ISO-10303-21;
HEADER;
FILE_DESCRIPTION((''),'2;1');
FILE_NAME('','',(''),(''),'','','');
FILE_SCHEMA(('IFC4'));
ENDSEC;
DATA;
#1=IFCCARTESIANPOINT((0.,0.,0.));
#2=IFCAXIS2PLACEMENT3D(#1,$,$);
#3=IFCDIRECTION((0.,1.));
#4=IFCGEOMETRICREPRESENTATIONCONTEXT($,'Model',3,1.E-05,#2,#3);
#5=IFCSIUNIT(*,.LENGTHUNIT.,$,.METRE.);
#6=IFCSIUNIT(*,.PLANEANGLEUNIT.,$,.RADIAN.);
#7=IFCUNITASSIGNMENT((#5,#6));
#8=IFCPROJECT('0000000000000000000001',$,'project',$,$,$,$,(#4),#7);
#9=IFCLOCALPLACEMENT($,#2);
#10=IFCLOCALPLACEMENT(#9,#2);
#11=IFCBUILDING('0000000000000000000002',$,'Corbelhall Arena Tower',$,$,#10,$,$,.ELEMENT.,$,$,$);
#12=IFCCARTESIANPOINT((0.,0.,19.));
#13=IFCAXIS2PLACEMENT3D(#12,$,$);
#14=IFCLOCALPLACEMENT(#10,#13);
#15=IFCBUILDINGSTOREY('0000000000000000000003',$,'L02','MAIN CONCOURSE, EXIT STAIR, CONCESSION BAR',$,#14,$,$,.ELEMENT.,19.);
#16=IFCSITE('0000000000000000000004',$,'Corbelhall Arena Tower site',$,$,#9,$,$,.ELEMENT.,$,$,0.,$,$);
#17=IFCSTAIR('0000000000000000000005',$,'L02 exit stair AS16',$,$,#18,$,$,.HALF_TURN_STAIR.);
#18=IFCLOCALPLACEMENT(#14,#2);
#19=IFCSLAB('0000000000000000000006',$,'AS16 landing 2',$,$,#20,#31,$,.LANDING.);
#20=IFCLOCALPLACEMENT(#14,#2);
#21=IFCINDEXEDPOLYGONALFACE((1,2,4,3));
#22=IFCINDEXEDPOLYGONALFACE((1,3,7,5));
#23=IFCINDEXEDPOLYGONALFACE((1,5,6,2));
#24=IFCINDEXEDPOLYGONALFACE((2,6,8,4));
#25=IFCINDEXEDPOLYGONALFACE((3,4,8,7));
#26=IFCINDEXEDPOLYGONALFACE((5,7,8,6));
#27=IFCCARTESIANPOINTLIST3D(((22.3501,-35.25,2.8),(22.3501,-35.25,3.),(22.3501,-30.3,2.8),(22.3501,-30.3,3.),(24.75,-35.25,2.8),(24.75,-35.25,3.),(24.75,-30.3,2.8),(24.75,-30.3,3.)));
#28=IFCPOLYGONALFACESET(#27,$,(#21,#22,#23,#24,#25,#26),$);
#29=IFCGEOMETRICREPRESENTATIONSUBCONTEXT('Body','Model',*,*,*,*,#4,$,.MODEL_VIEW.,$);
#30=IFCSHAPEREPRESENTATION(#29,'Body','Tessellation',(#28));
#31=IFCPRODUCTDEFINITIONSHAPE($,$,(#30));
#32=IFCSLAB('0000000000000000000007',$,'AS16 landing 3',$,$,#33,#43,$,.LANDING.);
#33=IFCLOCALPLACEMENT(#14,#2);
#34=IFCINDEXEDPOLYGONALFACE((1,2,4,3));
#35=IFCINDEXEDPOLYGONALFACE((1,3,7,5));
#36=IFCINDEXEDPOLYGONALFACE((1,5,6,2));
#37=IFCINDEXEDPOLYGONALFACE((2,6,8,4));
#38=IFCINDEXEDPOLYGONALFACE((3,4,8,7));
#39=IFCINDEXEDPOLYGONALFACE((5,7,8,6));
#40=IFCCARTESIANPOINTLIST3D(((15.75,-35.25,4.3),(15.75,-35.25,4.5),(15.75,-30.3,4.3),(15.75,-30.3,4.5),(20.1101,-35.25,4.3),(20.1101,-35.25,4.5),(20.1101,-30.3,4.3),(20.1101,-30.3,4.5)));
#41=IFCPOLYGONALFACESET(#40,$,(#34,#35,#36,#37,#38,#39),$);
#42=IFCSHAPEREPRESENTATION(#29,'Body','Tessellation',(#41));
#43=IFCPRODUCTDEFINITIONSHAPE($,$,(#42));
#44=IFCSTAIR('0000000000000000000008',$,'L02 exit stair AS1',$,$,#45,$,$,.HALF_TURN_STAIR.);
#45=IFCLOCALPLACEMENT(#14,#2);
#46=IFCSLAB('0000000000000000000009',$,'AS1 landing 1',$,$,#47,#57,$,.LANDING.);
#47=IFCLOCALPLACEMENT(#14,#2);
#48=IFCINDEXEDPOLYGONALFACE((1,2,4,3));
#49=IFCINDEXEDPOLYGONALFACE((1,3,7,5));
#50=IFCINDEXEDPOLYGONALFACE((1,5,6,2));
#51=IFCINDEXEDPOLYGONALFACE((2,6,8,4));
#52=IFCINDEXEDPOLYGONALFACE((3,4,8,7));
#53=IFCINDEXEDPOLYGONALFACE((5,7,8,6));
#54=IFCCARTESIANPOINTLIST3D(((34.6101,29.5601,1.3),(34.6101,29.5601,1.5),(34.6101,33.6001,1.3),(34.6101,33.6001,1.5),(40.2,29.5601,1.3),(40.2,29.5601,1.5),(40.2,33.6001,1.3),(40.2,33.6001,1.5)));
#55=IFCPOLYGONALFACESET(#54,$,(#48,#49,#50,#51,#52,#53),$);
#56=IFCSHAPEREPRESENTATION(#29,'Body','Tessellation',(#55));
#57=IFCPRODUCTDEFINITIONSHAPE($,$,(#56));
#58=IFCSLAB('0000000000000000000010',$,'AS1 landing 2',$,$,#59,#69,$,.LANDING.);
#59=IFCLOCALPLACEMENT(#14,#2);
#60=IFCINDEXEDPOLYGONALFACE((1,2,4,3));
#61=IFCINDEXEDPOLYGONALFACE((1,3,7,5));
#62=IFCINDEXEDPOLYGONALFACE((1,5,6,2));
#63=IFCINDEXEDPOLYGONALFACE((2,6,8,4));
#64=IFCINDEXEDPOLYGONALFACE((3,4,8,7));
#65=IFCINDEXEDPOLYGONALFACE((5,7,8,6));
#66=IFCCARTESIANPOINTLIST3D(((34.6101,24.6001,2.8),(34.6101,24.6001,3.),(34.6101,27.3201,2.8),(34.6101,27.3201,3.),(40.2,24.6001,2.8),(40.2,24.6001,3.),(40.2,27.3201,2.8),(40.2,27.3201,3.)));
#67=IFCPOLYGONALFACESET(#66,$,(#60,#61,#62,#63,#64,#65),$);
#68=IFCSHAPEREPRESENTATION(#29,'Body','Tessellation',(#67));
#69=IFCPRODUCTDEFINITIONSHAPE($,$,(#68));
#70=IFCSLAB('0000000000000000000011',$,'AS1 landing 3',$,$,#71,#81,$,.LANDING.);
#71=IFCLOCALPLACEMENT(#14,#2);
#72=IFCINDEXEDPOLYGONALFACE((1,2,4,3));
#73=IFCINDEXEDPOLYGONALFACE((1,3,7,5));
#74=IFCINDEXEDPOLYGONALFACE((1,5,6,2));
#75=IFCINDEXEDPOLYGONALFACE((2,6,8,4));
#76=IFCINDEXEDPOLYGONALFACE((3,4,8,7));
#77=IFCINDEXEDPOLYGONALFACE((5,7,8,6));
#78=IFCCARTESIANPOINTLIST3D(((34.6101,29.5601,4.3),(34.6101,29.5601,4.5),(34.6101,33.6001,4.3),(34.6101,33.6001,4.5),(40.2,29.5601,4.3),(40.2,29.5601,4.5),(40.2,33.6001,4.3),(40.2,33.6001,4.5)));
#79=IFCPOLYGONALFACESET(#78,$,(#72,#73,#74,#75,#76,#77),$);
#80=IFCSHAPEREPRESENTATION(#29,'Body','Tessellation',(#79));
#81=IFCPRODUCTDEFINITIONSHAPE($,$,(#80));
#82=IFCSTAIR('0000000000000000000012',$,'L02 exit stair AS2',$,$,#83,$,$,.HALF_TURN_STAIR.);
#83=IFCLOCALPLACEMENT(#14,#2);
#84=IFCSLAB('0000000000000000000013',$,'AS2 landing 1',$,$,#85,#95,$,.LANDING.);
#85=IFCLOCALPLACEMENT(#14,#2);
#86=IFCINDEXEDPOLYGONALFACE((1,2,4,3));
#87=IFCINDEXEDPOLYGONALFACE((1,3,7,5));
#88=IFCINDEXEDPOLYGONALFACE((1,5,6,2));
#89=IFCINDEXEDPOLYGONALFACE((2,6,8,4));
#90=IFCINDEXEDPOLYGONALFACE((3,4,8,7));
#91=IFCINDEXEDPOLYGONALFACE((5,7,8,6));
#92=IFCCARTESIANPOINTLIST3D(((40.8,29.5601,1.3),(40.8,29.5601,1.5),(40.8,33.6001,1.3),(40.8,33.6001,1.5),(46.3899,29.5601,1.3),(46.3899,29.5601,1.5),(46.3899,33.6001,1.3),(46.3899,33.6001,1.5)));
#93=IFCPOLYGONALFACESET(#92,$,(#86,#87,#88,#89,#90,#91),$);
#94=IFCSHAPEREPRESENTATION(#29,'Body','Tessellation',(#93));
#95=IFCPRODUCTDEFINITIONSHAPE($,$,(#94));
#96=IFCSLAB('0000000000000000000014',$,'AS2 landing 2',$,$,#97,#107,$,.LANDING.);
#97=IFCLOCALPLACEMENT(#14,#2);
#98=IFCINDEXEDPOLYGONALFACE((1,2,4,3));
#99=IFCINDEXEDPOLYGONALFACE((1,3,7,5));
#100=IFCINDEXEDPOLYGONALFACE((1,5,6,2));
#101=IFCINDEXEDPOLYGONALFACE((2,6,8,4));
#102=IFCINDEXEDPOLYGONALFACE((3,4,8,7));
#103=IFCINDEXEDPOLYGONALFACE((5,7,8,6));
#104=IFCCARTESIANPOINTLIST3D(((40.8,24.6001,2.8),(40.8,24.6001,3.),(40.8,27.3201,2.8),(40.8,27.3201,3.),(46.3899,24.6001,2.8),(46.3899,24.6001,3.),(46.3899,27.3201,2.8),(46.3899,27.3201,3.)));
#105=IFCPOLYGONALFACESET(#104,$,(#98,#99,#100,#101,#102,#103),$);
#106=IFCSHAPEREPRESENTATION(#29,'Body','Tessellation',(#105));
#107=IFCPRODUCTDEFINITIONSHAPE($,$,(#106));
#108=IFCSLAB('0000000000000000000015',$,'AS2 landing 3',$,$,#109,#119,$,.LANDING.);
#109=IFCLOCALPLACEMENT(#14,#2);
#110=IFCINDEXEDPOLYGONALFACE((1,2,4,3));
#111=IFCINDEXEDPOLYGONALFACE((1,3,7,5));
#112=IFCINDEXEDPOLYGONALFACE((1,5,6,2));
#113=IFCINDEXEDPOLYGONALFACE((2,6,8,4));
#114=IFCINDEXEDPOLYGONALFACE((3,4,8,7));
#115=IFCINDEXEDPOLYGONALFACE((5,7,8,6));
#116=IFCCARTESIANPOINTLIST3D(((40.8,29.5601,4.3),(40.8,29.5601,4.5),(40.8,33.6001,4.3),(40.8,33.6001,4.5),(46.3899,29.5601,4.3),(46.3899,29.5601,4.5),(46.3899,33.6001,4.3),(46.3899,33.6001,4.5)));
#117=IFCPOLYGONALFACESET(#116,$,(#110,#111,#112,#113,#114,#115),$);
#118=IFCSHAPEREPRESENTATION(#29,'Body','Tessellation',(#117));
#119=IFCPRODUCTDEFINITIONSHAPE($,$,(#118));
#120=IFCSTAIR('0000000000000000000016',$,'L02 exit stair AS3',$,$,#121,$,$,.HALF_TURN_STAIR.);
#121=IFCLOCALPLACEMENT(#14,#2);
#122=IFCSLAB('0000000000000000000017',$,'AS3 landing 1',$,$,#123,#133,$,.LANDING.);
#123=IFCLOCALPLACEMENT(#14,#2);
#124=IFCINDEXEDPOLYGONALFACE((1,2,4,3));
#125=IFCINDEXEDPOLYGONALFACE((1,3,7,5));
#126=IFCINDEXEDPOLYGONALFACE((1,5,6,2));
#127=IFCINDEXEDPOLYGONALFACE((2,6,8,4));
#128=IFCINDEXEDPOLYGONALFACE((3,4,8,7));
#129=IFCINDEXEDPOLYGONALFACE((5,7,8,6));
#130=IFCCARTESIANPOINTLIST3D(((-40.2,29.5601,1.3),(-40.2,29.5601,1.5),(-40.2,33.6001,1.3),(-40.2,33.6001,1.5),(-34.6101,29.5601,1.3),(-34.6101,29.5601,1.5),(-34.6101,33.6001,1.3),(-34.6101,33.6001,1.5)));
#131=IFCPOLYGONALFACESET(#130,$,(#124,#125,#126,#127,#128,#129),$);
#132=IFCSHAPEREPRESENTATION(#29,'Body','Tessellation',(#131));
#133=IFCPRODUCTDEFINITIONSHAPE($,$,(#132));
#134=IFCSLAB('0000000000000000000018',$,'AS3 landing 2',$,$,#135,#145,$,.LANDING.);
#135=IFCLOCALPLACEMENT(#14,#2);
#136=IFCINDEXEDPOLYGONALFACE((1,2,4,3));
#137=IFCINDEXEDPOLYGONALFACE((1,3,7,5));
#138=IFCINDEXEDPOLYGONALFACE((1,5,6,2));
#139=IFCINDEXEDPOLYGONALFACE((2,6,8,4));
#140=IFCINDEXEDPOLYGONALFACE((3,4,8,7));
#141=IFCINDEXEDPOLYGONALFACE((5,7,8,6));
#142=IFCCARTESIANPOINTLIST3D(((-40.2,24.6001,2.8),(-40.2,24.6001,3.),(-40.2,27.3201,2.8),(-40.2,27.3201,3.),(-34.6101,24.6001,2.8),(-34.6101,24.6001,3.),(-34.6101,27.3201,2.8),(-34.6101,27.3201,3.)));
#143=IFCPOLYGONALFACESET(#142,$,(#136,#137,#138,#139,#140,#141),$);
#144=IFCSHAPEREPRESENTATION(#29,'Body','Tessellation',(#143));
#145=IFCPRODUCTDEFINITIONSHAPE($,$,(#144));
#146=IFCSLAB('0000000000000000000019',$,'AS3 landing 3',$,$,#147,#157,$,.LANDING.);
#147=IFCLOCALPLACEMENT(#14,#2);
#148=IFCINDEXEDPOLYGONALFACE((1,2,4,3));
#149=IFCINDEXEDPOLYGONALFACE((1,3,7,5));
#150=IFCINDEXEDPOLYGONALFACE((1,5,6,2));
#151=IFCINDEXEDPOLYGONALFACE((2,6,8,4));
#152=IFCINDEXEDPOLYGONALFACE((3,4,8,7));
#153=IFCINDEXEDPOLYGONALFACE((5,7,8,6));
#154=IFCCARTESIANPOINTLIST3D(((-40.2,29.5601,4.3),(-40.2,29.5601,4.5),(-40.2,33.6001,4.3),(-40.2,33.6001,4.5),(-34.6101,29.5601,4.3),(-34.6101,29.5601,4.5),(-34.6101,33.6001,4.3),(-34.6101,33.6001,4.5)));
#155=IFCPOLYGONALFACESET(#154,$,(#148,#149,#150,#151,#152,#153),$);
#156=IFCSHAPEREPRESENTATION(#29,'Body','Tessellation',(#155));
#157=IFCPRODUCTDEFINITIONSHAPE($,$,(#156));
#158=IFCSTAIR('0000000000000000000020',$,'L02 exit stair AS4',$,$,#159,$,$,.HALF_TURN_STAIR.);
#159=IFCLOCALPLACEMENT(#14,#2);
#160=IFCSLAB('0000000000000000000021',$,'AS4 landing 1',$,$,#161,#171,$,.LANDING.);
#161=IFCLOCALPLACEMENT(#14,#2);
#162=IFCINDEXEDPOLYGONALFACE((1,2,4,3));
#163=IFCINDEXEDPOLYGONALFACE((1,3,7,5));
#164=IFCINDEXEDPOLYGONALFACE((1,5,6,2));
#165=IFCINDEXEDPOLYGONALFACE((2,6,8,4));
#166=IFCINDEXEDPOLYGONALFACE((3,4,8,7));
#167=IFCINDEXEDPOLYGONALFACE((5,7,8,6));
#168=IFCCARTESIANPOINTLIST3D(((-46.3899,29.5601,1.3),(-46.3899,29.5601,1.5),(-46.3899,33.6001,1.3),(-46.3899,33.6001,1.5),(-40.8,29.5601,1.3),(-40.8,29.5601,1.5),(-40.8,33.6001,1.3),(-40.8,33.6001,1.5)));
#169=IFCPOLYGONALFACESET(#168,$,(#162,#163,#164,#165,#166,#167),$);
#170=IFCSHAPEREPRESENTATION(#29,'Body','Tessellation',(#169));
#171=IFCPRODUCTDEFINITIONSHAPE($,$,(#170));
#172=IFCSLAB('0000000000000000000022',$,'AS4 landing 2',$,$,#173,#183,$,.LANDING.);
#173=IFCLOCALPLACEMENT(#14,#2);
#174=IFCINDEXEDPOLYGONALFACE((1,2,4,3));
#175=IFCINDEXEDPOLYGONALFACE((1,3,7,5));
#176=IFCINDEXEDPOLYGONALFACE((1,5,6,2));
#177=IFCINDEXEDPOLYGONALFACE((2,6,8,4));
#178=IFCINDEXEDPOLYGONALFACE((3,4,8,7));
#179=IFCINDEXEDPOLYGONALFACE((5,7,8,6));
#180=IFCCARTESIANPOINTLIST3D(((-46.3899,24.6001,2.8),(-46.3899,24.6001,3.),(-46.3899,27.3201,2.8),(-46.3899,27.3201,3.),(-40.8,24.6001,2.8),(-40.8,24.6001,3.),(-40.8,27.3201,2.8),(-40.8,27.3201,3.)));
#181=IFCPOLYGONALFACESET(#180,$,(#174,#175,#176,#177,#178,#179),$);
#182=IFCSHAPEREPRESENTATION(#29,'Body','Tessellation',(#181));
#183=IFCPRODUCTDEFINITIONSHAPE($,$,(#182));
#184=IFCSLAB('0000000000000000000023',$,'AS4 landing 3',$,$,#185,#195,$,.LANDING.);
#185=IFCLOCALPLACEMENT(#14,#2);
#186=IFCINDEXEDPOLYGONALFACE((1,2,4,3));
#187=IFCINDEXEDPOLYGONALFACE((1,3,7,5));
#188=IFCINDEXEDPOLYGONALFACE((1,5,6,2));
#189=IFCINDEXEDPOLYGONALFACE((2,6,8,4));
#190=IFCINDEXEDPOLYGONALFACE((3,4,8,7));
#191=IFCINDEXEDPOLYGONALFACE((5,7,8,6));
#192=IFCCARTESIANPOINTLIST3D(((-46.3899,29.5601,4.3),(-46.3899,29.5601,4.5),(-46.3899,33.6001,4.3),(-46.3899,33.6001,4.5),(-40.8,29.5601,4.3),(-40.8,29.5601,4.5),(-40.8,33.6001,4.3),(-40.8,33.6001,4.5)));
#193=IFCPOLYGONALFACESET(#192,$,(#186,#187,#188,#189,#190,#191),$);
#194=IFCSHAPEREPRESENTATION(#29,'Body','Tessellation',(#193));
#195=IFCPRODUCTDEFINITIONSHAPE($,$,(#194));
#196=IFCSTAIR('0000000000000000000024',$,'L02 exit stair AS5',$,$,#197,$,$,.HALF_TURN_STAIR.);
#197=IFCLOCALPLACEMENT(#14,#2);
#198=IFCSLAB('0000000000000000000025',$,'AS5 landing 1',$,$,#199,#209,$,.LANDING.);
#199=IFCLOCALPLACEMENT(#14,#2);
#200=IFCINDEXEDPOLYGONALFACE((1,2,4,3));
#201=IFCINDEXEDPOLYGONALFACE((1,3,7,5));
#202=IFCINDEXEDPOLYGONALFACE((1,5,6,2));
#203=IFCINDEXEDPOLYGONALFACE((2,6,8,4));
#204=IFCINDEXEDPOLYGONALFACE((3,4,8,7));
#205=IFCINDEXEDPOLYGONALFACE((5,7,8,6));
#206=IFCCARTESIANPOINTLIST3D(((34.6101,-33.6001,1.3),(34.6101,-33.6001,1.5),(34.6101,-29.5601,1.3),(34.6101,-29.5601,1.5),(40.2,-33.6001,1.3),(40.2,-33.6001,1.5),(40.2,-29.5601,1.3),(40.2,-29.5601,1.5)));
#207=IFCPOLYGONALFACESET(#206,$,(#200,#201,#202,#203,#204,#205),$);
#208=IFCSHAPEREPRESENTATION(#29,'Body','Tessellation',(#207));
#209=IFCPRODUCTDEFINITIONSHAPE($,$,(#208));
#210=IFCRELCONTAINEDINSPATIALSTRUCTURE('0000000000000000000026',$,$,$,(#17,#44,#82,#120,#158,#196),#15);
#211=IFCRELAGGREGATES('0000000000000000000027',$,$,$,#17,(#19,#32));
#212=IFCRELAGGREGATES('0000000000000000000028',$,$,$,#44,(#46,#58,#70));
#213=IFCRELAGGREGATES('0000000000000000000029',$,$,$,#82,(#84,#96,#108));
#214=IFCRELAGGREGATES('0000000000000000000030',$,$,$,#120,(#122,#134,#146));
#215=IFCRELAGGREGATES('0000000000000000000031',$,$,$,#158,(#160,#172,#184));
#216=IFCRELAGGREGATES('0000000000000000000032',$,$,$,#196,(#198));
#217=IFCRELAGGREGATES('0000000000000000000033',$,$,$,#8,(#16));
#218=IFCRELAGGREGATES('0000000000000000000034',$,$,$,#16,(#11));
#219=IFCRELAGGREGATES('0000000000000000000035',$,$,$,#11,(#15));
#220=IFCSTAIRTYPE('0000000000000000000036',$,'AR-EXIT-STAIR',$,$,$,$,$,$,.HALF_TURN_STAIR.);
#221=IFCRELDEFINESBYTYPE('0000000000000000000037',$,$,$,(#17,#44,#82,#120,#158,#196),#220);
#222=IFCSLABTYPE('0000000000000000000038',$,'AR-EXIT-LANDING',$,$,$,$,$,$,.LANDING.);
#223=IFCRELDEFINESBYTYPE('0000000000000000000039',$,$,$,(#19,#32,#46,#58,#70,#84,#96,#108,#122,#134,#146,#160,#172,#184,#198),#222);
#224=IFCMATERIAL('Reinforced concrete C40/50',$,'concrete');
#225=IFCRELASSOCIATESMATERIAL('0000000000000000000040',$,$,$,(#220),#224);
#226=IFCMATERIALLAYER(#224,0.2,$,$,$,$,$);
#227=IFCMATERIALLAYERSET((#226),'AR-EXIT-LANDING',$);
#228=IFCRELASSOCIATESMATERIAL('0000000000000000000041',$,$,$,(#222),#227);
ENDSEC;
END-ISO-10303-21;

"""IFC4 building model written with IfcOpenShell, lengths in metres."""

from ifc_helpers import new_model, si_unit, direction, frame, origin, place, context, subcontext, project, spatial, polyline, outline, extrude, material, layer, layer_set, type_object, element, aggregate, save


model = new_model("IFC4")

# Units and contexts
model_context = context("Model", 3, precision=1e-05, world=origin(), true_north=direction((0.0, 1.0)))
body_context = subcontext(model_context, "Body", "Model", "MODEL_VIEW")
ifc_project = project(units=[si_unit("LENGTHUNIT", "METRE"), si_unit("PLANEANGLEUNIT", "RADIAN")], contexts=[model_context])

# Site, building, storey
site_placement = place(None, origin())
site = spatial("IfcSite", under=ifc_project, at=site_placement, Name="Corbelhall Arena Tower site", CompositionType="ELEMENT", RefElevation=0.0)
building_placement = place(site_placement, origin())
building = spatial("IfcBuilding", under=site, at=building_placement, Name="Corbelhall Arena Tower", CompositionType="ELEMENT")
storey_placement = place(building_placement, frame((0.0, 0.0, 19.0)))
storey = spatial("IfcBuildingStorey", under=building, at=storey_placement, Name="L02", Description="MAIN CONCOURSE, EXIT STAIR, CONCESSION BAR", CompositionType="ELEMENT", Elevation=19.0)

# Stairs, slabs
ifc_material = material(Name="Reinforced concrete C40/50", Category="concrete")
stair_type = type_object("IfcStairType", Name="AR-EXIT-STAIR", PredefinedType="HALF_TURN_STAIR", material=ifc_material)
stair_1_placement = place(storey_placement, origin())
stair_1 = element("IfcStair", 1, at=stair_1_placement, inside=storey, type_object=stair_type, Name="L02 exit stair AS16", PredefinedType="HALF_TURN_STAIR")
ifc_layer_1 = layer(ifc_material, 0.2)
ifc_layer_set_1 = layer_set([ifc_layer_1], Name="AR-EXIT-LANDING")
slab_type_1 = type_object("IfcSlabType", Name="AR-EXIT-LANDING", PredefinedType="LANDING", material=ifc_layer_set_1)
slab_1_placement = place(storey_placement, frame((0.0, 0.0, 2.8)))
slab_1 = element("IfcSlab", 2, at=slab_1_placement, type_object=slab_type_1, Name="AS16 landing 2", PredefinedType="LANDING", context=body_context, shape_type="SweptSolid", body=[
    extrude(outline(polyline([(24.75, -30.3), (22.3501, -30.3), (22.3501, -35.25), (24.75, -35.25), (24.75, -30.3)])), origin(), (0.0, 0.0, 1.0), 0.2),
])
slab_2_placement = place(storey_placement, frame((0.0, 0.0, 4.3)))
slab_2 = element("IfcSlab", 3, at=slab_2_placement, type_object=slab_type_1, Name="AS16 landing 3", PredefinedType="LANDING", context=body_context, shape_type="SweptSolid", body=[
    extrude(outline(polyline([(20.1101, -30.3), (15.75, -30.3), (15.75, -35.25), (20.1101, -35.25), (20.1101, -30.3)])), origin(), (0.0, 0.0, 1.0), 0.2),
])
aggregate(stair_1, [slab_1, slab_2])
stair_2_placement = place(storey_placement, origin())
stair_2 = element("IfcStair", 4, at=stair_2_placement, inside=storey, type_object=stair_type, Name="L02 exit stair AS1", PredefinedType="HALF_TURN_STAIR")
slab_3_placement = place(storey_placement, frame((0.0, 0.0, 1.3)))
slab_3 = element("IfcSlab", 5, at=slab_3_placement, type_object=slab_type_1, Name="AS1 landing 1", PredefinedType="LANDING", context=body_context, shape_type="SweptSolid", body=[
    extrude(outline(polyline([(40.2, 29.5601), (40.2, 33.6001), (34.6101, 33.6001), (34.6101, 29.5601), (40.2, 29.5601)])), origin(), (0.0, 0.0, 1.0), 0.2),
])
slab_4_placement = place(storey_placement, frame((0.0, 0.0, 2.8)))
slab_4 = element("IfcSlab", 6, at=slab_4_placement, type_object=slab_type_1, Name="AS1 landing 2", PredefinedType="LANDING", context=body_context, shape_type="SweptSolid", body=[
    extrude(outline(polyline([(40.2, 24.6001), (40.2, 27.3201), (34.6101, 27.3201), (34.6101, 24.6001), (40.2, 24.6001)])), origin(), (0.0, 0.0, 1.0), 0.2),
])
slab_5_placement = place(storey_placement, frame((0.0, 0.0, 4.3)))
slab_5 = element("IfcSlab", 7, at=slab_5_placement, type_object=slab_type_1, Name="AS1 landing 3", PredefinedType="LANDING", context=body_context, shape_type="SweptSolid", body=[
    extrude(outline(polyline([(40.2, 29.5601), (40.2, 33.6001), (34.6101, 33.6001), (34.6101, 29.5601), (40.2, 29.5601)])), origin(), (0.0, 0.0, 1.0), 0.2),
])
aggregate(stair_2, [slab_3, slab_4, slab_5])
stair_3_placement = place(storey_placement, origin())
stair_3 = element("IfcStair", 8, at=stair_3_placement, inside=storey, type_object=stair_type, Name="L02 exit stair AS2", PredefinedType="HALF_TURN_STAIR")
slab_6_placement = place(storey_placement, frame((0.0, 0.0, 1.3)))
slab_6 = element("IfcSlab", 9, at=slab_6_placement, type_object=slab_type_1, Name="AS2 landing 1", PredefinedType="LANDING", context=body_context, shape_type="SweptSolid", body=[
    extrude(outline(polyline([(46.3899, 29.5601), (46.3899, 33.6001), (40.8, 33.6001), (40.8, 29.5601), (46.3899, 29.5601)])), origin(), (0.0, 0.0, 1.0), 0.2),
])
slab_7_placement = place(storey_placement, frame((0.0, 0.0, 2.8)))
slab_7 = element("IfcSlab", 10, at=slab_7_placement, type_object=slab_type_1, Name="AS2 landing 2", PredefinedType="LANDING", context=body_context, shape_type="SweptSolid", body=[
    extrude(outline(polyline([(46.3899, 24.6001), (46.3899, 27.3201), (40.8, 27.3201), (40.8, 24.6001), (46.3899, 24.6001)])), origin(), (0.0, 0.0, 1.0), 0.2),
])
slab_8_placement = place(storey_placement, frame((0.0, 0.0, 4.3)))
slab_8 = element("IfcSlab", 11, at=slab_8_placement, type_object=slab_type_1, Name="AS2 landing 3", PredefinedType="LANDING", context=body_context, shape_type="SweptSolid", body=[
    extrude(outline(polyline([(46.3899, 29.5601), (46.3899, 33.6001), (40.8, 33.6001), (40.8, 29.5601), (46.3899, 29.5601)])), origin(), (0.0, 0.0, 1.0), 0.2),
])
aggregate(stair_3, [slab_6, slab_7, slab_8])
stair_4_placement = place(storey_placement, origin())
stair_4 = element("IfcStair", 12, at=stair_4_placement, inside=storey, type_object=stair_type, Name="L02 exit stair AS3", PredefinedType="HALF_TURN_STAIR")
slab_9_placement = place(storey_placement, frame((0.0, 0.0, 1.3)))
slab_9 = element("IfcSlab", 13, at=slab_9_placement, type_object=slab_type_1, Name="AS3 landing 1", PredefinedType="LANDING", context=body_context, shape_type="SweptSolid", body=[
    extrude(outline(polyline([(-34.6101, 29.5601), (-34.6101, 33.6001), (-40.2, 33.6001), (-40.2, 29.5601), (-34.6101, 29.5601)])), origin(), (0.0, 0.0, 1.0), 0.2),
])
slab_10_placement = place(storey_placement, frame((0.0, 0.0, 2.8)))
slab_10 = element("IfcSlab", 14, at=slab_10_placement, type_object=slab_type_1, Name="AS3 landing 2", PredefinedType="LANDING", context=body_context, shape_type="SweptSolid", body=[
    extrude(outline(polyline([(-34.6101, 24.6001), (-34.6101, 27.3201), (-40.2, 27.3201), (-40.2, 24.6001), (-34.6101, 24.6001)])), origin(), (0.0, 0.0, 1.0), 0.2),
])
slab_11_placement = place(storey_placement, frame((0.0, 0.0, 4.3)))
slab_11 = element("IfcSlab", 15, at=slab_11_placement, type_object=slab_type_1, Name="AS3 landing 3", PredefinedType="LANDING", context=body_context, shape_type="SweptSolid", body=[
    extrude(outline(polyline([(-34.6101, 29.5601), (-34.6101, 33.6001), (-40.2, 33.6001), (-40.2, 29.5601), (-34.6101, 29.5601)])), origin(), (0.0, 0.0, 1.0), 0.2),
])
aggregate(stair_4, [slab_9, slab_10, slab_11])
stair_5_placement = place(storey_placement, origin())
stair_5 = element("IfcStair", 16, at=stair_5_placement, inside=storey, type_object=stair_type, Name="L02 exit stair AS4", PredefinedType="HALF_TURN_STAIR")
slab_12_placement = place(storey_placement, frame((0.0, 0.0, 1.3)))
slab_12 = element("IfcSlab", 17, at=slab_12_placement, type_object=slab_type_1, Name="AS4 landing 1", PredefinedType="LANDING", context=body_context, shape_type="SweptSolid", body=[
    extrude(outline(polyline([(-40.8, 29.5601), (-40.8, 33.6001), (-46.3899, 33.6001), (-46.3899, 29.5601), (-40.8, 29.5601)])), origin(), (0.0, 0.0, 1.0), 0.2),
])
slab_13_placement = place(storey_placement, frame((0.0, 0.0, 2.8)))
slab_13 = element("IfcSlab", 18, at=slab_13_placement, type_object=slab_type_1, Name="AS4 landing 2", PredefinedType="LANDING", context=body_context, shape_type="SweptSolid", body=[
    extrude(outline(polyline([(-40.8, 24.6001), (-40.8, 27.3201), (-46.3899, 27.3201), (-46.3899, 24.6001), (-40.8, 24.6001)])), origin(), (0.0, 0.0, 1.0), 0.2),
])
slab_14_placement = place(storey_placement, frame((0.0, 0.0, 4.3)))
slab_14 = element("IfcSlab", 19, at=slab_14_placement, type_object=slab_type_1, Name="AS4 landing 3", PredefinedType="LANDING", context=body_context, shape_type="SweptSolid", body=[
    extrude(outline(polyline([(-40.8, 29.5601), (-40.8, 33.6001), (-46.3899, 33.6001), (-46.3899, 29.5601), (-40.8, 29.5601)])), origin(), (0.0, 0.0, 1.0), 0.2),
])
aggregate(stair_5, [slab_12, slab_13, slab_14])

# Stair, slab
stair_6_placement = place(storey_placement, origin())
stair_6 = element("IfcStair", 20, at=stair_6_placement, inside=storey, type_object=stair_type, Name="L02 exit stair AS5", PredefinedType="HALF_TURN_STAIR")
slab_15_placement = place(storey_placement, frame((0.0, 0.0, 1.3)))
slab_15 = element("IfcSlab", 21, at=slab_15_placement, type_object=slab_type_1, Name="AS5 landing 1", PredefinedType="LANDING", context=body_context, shape_type="SweptSolid", body=[
    extrude(outline(polyline([(34.6101, -29.5601), (34.6101, -33.6001), (40.2, -33.6001), (40.2, -29.5601), (34.6101, -29.5601)])), origin(), (0.0, 0.0, 1.0), 0.2),
])
aggregate(stair_6, [slab_15])

save(model, "model.ifc")
